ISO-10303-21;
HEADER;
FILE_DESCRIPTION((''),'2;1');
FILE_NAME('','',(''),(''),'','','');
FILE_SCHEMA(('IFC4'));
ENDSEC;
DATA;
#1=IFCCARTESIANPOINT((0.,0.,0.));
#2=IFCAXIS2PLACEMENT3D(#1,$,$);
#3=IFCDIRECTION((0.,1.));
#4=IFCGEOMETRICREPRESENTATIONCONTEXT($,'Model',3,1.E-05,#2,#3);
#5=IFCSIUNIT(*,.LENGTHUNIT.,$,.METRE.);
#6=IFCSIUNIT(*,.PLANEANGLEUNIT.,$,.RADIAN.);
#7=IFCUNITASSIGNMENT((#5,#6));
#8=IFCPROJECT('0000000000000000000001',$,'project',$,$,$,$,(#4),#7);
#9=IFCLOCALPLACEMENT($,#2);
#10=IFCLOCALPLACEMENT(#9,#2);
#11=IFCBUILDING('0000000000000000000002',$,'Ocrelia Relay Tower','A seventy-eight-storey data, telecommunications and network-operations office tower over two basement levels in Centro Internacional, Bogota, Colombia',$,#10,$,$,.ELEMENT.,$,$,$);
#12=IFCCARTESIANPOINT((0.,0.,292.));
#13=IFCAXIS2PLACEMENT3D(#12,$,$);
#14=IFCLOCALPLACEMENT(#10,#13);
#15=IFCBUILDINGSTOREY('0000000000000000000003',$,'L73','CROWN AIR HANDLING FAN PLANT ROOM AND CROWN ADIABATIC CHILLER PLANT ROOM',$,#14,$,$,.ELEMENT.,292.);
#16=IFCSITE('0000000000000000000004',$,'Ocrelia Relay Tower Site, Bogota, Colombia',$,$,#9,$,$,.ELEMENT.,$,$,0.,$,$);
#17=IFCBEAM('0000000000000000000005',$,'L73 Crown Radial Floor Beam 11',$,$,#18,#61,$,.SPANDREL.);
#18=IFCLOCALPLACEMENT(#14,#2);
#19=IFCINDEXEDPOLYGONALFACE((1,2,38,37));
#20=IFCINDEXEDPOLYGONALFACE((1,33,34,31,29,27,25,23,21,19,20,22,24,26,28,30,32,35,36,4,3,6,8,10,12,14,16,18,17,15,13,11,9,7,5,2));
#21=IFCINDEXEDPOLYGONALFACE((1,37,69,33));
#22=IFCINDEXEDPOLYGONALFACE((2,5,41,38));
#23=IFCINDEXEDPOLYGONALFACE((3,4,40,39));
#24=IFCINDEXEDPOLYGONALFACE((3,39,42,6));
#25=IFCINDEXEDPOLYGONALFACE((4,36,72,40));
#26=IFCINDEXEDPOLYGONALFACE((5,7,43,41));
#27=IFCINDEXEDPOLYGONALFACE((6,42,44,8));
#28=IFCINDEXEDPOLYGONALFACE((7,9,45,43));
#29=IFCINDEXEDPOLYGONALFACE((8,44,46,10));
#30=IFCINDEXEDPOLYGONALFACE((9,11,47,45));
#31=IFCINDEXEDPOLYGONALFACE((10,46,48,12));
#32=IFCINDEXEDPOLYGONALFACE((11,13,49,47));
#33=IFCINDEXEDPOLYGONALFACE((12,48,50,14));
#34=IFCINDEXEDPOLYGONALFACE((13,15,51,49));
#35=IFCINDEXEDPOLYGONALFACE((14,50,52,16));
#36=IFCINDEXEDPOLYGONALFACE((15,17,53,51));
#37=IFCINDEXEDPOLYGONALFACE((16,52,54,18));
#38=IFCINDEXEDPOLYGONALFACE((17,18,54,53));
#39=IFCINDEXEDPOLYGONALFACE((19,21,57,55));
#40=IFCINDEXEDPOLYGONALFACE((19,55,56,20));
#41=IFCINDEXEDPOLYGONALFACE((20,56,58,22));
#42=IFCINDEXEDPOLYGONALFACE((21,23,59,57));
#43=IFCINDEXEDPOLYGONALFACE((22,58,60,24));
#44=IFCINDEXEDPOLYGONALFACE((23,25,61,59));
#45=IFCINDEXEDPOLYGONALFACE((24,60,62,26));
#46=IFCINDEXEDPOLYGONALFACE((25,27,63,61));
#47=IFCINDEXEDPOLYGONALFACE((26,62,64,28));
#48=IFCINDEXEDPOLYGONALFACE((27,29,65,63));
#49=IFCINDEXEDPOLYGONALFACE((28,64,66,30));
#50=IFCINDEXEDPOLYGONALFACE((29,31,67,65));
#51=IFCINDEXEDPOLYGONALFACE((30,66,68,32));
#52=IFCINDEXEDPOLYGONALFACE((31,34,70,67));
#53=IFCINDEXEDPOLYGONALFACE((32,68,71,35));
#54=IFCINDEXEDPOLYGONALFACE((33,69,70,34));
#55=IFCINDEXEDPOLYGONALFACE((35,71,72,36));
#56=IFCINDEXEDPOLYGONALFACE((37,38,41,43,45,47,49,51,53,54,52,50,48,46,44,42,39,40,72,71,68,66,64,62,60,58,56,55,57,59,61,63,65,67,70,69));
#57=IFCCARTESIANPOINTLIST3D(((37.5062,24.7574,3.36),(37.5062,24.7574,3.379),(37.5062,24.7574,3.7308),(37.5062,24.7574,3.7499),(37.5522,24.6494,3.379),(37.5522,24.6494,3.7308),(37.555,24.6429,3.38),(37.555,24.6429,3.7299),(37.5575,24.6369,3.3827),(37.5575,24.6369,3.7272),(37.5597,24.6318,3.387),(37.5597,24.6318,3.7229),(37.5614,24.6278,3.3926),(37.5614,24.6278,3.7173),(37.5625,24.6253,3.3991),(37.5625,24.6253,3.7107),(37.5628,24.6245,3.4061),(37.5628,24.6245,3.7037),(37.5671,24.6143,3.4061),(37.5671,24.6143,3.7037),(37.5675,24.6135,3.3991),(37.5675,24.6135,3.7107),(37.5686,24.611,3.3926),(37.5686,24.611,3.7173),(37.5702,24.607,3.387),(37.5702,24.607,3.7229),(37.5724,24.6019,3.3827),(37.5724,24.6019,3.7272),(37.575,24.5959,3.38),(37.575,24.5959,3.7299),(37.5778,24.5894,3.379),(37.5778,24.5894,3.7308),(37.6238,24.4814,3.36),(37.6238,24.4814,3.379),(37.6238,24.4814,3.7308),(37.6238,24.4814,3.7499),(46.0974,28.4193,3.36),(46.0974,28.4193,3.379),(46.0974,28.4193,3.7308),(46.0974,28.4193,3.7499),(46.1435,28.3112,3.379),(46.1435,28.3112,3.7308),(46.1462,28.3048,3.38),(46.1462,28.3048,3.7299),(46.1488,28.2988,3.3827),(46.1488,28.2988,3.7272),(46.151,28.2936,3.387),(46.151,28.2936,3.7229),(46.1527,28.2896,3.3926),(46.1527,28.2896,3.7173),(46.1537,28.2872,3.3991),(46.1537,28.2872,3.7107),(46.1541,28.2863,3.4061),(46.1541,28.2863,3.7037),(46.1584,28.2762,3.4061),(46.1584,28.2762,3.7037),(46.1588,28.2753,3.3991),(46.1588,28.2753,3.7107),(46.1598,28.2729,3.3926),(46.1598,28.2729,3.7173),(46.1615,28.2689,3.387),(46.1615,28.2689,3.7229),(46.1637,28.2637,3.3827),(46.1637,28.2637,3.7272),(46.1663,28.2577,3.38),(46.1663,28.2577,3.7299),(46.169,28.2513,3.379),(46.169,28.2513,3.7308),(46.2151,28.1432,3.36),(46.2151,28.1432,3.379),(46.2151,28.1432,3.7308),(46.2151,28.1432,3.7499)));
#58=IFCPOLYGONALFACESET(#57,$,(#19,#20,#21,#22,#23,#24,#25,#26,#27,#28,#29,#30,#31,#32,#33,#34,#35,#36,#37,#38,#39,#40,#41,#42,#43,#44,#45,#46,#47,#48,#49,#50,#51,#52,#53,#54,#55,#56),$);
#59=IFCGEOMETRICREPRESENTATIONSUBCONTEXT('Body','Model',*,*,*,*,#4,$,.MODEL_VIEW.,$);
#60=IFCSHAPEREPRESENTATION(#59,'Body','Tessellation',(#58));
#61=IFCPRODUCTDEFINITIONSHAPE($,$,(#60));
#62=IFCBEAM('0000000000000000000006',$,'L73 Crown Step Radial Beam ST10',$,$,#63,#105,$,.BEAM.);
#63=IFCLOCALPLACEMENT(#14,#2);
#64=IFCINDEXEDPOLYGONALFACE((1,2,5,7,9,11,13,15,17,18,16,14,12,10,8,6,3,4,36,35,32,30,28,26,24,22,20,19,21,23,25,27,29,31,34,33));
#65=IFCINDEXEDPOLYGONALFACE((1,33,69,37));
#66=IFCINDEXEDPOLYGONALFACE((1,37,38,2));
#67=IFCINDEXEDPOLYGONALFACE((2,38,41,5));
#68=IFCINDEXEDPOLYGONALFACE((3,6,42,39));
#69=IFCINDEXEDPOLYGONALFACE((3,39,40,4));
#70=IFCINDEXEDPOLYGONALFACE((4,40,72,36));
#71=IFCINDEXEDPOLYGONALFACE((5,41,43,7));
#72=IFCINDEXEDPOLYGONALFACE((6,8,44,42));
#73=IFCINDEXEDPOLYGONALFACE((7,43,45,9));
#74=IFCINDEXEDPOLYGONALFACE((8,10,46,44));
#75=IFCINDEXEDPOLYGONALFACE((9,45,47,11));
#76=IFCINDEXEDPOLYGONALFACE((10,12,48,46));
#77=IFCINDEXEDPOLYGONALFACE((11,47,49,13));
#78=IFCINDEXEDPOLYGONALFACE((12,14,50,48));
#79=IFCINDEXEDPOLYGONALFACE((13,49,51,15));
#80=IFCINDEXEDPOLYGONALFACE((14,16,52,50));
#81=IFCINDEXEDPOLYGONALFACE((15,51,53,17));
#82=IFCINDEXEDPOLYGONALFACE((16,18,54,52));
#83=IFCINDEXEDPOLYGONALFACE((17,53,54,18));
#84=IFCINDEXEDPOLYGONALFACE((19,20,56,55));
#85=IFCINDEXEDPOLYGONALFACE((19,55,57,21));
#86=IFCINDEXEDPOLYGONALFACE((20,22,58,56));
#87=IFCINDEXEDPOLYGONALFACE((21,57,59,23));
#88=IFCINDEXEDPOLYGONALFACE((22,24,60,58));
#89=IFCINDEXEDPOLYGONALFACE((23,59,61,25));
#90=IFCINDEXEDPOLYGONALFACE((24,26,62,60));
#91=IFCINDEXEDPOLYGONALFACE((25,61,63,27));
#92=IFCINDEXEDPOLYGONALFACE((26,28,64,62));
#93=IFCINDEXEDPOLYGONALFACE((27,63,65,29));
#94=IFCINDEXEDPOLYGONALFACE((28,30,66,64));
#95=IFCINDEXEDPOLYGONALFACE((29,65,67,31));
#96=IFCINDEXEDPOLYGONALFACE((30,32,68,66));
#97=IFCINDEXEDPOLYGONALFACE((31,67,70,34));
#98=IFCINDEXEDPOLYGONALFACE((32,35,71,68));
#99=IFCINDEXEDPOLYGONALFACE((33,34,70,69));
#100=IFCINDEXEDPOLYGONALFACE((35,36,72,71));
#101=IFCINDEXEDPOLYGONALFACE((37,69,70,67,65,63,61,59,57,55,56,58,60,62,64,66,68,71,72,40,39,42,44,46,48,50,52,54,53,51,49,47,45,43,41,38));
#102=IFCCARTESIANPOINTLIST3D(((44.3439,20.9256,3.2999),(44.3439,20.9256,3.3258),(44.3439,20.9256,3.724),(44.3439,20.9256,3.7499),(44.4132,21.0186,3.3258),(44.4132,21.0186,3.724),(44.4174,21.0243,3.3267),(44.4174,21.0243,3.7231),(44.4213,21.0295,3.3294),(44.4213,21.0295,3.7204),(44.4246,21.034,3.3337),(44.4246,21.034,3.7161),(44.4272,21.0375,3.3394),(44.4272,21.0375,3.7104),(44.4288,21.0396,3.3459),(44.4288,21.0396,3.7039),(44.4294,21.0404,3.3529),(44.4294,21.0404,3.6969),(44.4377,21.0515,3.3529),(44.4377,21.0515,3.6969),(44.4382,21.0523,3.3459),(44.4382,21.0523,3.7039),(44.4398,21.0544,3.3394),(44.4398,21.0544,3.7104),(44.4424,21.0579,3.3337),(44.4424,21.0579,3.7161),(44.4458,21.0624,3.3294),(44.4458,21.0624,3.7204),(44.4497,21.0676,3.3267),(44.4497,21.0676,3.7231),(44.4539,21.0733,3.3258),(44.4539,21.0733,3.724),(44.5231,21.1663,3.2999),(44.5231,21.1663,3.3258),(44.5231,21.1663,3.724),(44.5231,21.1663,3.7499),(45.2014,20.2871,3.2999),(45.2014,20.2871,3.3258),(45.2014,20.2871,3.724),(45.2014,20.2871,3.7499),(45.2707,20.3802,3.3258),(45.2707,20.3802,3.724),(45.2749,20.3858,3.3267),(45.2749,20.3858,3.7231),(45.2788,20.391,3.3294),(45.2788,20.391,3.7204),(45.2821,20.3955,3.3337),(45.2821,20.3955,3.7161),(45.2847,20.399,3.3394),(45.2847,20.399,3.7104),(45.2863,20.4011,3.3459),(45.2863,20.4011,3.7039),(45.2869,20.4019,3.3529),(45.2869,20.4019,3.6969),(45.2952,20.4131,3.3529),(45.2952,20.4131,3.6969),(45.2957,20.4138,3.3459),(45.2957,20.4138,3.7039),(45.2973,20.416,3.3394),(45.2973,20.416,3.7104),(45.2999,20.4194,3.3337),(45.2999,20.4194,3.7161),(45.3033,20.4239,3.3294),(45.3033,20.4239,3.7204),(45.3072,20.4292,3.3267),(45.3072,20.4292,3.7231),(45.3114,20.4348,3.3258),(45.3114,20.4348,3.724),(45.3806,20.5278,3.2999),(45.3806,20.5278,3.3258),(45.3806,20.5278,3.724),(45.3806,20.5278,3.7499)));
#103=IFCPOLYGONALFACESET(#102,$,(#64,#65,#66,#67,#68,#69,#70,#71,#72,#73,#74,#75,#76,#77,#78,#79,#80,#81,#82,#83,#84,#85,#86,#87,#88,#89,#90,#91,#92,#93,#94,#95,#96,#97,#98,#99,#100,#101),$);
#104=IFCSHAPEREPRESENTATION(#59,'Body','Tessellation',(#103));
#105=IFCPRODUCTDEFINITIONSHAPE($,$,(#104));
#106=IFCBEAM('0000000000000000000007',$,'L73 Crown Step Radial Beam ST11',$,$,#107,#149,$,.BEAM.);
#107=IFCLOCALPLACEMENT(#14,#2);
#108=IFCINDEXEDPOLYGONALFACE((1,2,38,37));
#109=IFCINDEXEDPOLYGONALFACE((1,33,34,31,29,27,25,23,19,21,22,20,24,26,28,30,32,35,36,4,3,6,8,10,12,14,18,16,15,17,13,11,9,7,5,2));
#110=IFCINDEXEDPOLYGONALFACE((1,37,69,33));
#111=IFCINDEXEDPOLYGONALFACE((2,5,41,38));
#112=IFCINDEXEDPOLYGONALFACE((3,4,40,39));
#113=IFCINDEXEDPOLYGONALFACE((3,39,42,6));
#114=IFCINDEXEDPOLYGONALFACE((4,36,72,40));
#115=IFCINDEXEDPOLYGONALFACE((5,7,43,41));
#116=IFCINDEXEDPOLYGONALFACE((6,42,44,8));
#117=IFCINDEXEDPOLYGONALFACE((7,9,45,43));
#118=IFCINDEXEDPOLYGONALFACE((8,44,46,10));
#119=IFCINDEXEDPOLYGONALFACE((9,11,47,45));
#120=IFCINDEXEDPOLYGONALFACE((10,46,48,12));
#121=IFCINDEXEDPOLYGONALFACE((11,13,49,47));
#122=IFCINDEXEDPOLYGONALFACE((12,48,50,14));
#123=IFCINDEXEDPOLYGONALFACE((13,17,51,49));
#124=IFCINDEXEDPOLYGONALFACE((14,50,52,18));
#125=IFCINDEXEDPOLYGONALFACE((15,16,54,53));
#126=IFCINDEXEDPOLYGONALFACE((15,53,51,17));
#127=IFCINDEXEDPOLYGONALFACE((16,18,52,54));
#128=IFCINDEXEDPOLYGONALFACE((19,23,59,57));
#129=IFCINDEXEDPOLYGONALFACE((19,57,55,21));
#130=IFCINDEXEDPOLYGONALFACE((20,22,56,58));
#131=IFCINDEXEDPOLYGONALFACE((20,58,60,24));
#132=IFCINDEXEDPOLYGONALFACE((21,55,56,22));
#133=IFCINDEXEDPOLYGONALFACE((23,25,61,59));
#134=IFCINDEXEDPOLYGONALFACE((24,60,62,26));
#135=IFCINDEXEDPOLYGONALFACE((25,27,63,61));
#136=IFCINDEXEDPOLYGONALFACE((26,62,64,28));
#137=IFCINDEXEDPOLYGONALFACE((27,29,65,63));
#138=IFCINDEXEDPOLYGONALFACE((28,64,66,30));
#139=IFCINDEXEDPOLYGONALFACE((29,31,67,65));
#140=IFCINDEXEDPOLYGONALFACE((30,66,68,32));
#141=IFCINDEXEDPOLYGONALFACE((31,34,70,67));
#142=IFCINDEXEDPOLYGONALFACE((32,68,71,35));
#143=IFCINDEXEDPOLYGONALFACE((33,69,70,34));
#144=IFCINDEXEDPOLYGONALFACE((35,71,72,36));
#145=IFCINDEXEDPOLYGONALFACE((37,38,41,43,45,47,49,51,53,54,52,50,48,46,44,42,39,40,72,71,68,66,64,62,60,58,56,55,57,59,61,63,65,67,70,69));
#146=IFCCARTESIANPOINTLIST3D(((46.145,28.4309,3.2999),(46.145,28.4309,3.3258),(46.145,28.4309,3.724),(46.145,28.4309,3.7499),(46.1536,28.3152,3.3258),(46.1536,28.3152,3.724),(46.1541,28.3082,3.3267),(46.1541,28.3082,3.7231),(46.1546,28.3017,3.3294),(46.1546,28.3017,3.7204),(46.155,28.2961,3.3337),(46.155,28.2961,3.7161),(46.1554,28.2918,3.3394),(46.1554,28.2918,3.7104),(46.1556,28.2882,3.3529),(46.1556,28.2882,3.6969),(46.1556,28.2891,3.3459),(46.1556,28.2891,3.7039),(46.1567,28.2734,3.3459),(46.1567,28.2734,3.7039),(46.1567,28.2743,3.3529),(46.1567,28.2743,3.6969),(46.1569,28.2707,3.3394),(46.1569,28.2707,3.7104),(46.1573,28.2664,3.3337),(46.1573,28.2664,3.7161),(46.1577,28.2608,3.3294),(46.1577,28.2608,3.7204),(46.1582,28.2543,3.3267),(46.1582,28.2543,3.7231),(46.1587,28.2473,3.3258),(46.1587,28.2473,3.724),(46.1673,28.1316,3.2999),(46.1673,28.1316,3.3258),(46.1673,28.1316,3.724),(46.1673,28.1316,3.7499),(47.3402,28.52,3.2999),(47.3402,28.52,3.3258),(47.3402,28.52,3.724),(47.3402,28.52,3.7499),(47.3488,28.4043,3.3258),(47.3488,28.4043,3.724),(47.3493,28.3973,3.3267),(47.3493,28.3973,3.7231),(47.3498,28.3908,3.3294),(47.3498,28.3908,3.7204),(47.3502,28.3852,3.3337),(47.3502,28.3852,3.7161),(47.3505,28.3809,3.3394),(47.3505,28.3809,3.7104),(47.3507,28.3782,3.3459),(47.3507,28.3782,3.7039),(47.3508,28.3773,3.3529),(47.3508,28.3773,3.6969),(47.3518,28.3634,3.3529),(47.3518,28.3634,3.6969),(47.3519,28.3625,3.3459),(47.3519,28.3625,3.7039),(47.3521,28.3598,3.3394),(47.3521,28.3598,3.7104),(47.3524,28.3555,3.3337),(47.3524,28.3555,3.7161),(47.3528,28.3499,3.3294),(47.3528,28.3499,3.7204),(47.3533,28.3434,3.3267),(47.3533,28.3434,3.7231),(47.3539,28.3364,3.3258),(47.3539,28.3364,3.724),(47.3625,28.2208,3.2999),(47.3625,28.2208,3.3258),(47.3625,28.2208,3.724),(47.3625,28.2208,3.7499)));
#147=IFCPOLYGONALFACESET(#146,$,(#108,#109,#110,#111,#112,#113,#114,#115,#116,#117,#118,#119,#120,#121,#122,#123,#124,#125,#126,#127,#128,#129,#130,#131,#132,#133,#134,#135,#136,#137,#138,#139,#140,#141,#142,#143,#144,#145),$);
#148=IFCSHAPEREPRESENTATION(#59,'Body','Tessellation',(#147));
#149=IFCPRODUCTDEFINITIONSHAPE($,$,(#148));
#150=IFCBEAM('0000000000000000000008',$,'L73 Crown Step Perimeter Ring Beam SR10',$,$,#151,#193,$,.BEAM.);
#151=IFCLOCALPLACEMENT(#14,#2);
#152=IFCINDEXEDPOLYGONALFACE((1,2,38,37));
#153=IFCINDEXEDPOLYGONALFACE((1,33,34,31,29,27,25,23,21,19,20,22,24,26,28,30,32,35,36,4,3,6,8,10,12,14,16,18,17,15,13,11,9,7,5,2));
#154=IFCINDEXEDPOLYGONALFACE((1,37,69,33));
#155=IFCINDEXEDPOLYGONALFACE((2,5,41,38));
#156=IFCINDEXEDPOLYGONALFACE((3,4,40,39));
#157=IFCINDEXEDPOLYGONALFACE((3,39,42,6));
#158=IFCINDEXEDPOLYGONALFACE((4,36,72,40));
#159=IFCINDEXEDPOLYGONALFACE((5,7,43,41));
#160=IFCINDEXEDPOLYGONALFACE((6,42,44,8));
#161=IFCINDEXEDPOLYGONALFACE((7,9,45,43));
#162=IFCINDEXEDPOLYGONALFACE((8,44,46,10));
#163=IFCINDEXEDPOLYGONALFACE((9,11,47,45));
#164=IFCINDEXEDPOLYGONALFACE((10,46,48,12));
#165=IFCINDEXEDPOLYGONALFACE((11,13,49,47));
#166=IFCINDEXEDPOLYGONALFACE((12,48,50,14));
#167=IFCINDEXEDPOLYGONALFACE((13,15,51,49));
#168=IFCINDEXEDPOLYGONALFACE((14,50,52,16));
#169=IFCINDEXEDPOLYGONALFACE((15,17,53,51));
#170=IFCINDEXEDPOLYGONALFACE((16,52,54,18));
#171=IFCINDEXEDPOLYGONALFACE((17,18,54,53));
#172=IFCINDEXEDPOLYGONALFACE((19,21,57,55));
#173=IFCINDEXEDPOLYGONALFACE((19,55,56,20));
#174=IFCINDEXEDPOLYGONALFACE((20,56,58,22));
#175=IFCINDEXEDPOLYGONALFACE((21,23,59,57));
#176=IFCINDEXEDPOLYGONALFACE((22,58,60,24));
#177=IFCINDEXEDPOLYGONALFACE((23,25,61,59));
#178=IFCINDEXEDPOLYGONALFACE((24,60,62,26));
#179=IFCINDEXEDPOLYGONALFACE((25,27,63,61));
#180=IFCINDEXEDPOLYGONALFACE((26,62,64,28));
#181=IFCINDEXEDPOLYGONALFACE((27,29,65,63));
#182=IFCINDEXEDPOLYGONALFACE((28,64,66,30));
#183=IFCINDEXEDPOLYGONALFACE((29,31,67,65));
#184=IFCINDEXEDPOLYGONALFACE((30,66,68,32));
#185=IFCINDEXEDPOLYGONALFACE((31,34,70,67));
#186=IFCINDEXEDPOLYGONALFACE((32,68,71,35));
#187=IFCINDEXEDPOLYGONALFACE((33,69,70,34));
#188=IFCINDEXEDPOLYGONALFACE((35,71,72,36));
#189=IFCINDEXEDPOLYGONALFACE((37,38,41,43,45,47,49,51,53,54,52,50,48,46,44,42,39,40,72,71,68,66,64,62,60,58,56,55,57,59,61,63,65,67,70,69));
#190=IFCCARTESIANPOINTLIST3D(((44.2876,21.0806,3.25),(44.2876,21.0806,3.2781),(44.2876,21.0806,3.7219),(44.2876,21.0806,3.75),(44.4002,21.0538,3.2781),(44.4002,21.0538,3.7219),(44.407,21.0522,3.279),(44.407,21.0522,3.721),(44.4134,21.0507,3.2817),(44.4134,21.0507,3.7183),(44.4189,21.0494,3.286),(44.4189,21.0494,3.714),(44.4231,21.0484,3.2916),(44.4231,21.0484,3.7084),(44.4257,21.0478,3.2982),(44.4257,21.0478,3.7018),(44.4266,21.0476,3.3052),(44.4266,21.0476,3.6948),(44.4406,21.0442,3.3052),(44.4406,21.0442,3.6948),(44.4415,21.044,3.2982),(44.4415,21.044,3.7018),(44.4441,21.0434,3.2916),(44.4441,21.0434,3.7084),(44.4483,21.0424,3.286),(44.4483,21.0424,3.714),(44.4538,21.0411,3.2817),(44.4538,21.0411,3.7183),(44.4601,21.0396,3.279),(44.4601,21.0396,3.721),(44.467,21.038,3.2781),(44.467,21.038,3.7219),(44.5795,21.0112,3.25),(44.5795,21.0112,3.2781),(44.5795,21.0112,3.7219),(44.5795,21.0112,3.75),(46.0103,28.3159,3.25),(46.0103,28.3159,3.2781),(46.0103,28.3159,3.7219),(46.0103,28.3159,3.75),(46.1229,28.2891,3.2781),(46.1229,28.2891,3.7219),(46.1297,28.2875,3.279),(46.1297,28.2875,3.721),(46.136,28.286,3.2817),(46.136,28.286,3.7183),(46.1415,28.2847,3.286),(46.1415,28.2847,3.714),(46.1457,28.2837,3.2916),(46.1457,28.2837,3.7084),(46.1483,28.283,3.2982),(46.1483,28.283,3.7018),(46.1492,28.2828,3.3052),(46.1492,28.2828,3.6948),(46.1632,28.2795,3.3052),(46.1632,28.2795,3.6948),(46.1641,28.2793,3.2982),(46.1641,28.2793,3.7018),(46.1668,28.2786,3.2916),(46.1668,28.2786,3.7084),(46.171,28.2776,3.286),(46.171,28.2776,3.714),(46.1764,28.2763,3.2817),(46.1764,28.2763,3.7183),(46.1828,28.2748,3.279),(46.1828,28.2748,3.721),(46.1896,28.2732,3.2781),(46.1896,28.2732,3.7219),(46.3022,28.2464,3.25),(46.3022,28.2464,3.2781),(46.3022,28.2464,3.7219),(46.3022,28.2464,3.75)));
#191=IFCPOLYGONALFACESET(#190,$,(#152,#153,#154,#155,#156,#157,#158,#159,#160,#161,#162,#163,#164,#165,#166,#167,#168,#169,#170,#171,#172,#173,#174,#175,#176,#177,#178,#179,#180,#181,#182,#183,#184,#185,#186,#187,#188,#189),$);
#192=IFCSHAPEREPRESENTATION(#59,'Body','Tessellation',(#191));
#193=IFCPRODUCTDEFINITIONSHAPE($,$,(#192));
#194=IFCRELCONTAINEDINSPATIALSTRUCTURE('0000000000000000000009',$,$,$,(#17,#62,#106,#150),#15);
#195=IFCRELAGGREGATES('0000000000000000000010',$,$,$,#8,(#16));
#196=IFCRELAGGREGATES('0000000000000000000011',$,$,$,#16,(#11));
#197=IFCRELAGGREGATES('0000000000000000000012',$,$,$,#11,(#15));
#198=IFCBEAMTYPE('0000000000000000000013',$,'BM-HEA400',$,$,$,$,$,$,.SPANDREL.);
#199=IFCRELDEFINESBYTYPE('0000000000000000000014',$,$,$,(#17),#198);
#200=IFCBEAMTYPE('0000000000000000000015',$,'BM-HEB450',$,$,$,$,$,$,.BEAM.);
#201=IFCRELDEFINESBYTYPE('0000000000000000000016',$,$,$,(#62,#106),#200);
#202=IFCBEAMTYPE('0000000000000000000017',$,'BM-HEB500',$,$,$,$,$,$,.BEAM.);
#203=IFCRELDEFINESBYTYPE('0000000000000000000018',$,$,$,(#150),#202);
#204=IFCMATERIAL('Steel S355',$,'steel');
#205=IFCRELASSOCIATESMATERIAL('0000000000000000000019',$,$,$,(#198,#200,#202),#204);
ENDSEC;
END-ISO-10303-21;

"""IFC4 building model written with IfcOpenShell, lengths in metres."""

from ifc_helpers import new_model, si_unit, direction, frame, origin, origin_2d, place, context, subcontext, project, spatial, i_section, extrude, material, material_profile, profile_set, type_object, element, save


model = new_model("IFC4")

# Units and contexts
model_context = context("Model", 3, precision=1e-05, world=origin(), true_north=direction((0.0, 1.0)))
body_context = subcontext(model_context, "Body", "Model", "MODEL_VIEW")
ifc_project = project(units=[si_unit("LENGTHUNIT", "METRE"), si_unit("PLANEANGLEUNIT", "RADIAN")], contexts=[model_context])

# Site, building, storey
site_placement = place(None, origin())
site = spatial("IfcSite", under=ifc_project, at=site_placement, Name="Ocrelia Relay Tower Site, Bogota, Colombia", CompositionType="ELEMENT", RefElevation=0.0)
building_placement = place(site_placement, origin())
building = spatial("IfcBuilding", under=site, at=building_placement, Name="Ocrelia Relay Tower", Description="A seventy-eight-storey data, telecommunications and network-operations office tower over two basement levels in Centro Internacional, Bogota, Colombia", CompositionType="ELEMENT")
storey_placement = place(building_placement, frame((0.0, 0.0, 292.0)))
storey = spatial("IfcBuildingStorey", under=building, at=storey_placement, Name="L73", Description="CROWN AIR HANDLING FAN PLANT ROOM AND CROWN ADIABATIC CHILLER PLANT ROOM", CompositionType="ELEMENT", Elevation=292.0)

# Beams
ifc_material_1 = material(Name="Steel S355", Category="steel")
ifc_material_profile_1 = material_profile(ifc_material_1, i_section(OverallWidth=0.3, OverallDepth=0.3899, WebThickness=0.011, FlangeThickness=0.019, FilletRadius=0.0271, at=origin_2d()), Name="HEA 400")
ifc_profile_set_1 = profile_set([ifc_material_profile_1], Name="Steel S355")
beam_type_1 = type_object("IfcBeamType", Name="BM-HEA400", PredefinedType="SPANDREL", material=ifc_profile_set_1)
beam_1_placement = place(storey_placement, frame((46.1562, 28.2812, 3.5549), z_axis=(-0.919923, -0.392098, 0.0), x_axis=(0.392098, -0.919923, 0.0)))
element("IfcBeam", 1, at=beam_1_placement, inside=storey, type_object=beam_type_1, Name="L73 Crown Radial Floor Beam 11", PredefinedType="SPANDREL", context=body_context, shape_type="SweptSolid", body=[
    extrude(i_section(OverallWidth=0.3, OverallDepth=0.3899, WebThickness=0.011, FlangeThickness=0.019, FilletRadius=0.0271, at=origin_2d()), origin(), (0.0, 0.0, 1.0), 9.3391),
])
ifc_material_profile_2 = material_profile(ifc_material_1, i_section(OverallWidth=0.3, OverallDepth=0.45, WebThickness=0.0139, FlangeThickness=0.0259, FilletRadius=0.0271, at=origin_2d()), Name="HEB 450")
ifc_profile_set_2 = profile_set([ifc_material_profile_2], Name="Steel S355")
beam_type_2 = type_object("IfcBeamType", Name="BM-HEB450", PredefinedType="BEAM", material=ifc_profile_set_2)
beam_2_placement = place(storey_placement, frame((45.291, 20.4075, 3.5249), z_axis=(-0.802078, 0.597219, 0.0), x_axis=(-0.597219, -0.802078, 0.0)))
element("IfcBeam", 2, at=beam_2_placement, inside=storey, type_object=beam_type_2, Name="L73 Crown Step Radial Beam ST10", PredefinedType="BEAM", context=body_context, shape_type="SweptSolid", body=[
    extrude(i_section(OverallWidth=0.3, OverallDepth=0.45, WebThickness=0.0139, FlangeThickness=0.0259, FilletRadius=0.0271, at=origin_2d()), origin(), (0.0, 0.0, 1.0), 1.0691),
])
beam_3_placement = place(storey_placement, frame((47.3513, 28.3704, 3.5249), z_axis=(-0.997232, -0.074359, 0.0), x_axis=(0.074359, -0.997232, 0.0)))
element("IfcBeam", 3, at=beam_3_placement, inside=storey, type_object=beam_type_2, Name="L73 Crown Step Radial Beam ST11", PredefinedType="BEAM", context=body_context, shape_type="SweptSolid", body=[
    extrude(i_section(OverallWidth=0.3, OverallDepth=0.45, WebThickness=0.0139, FlangeThickness=0.0259, FilletRadius=0.0271, at=origin_2d()), origin(), (0.0, 0.0, 1.0), 1.1985),
])
ifc_material_profile_3 = material_profile(ifc_material_1, i_section(OverallWidth=0.3, OverallDepth=0.5, WebThickness=0.0144, FlangeThickness=0.0281, FilletRadius=0.0271, at=origin_2d()), Name="HEB 500")
ifc_profile_set_3 = profile_set([ifc_material_profile_3], Name="Steel S355")
beam_type_3 = type_object("IfcBeamType", Name="BM-HEB500", PredefinedType="BEAM", material=ifc_profile_set_3)
beam_4_placement = place(storey_placement, frame((44.4336, 21.0459, 3.5), z_axis=(0.231615, 0.972808, 0.0), x_axis=(-0.972808, 0.231615, 0.0)))
element("IfcBeam", 4, at=beam_4_placement, inside=storey, type_object=beam_type_3, Name="L73 Crown Step Perimeter Ring Beam SR10", PredefinedType="BEAM", context=body_context, shape_type="SweptSolid", body=[
    extrude(i_section(OverallWidth=0.3, OverallDepth=0.5, WebThickness=0.0144, FlangeThickness=0.0281, FilletRadius=0.0271, at=origin_2d()), origin(), (0.0, 0.0, 1.0), 7.4375),
])

save(model, "model.ifc")
